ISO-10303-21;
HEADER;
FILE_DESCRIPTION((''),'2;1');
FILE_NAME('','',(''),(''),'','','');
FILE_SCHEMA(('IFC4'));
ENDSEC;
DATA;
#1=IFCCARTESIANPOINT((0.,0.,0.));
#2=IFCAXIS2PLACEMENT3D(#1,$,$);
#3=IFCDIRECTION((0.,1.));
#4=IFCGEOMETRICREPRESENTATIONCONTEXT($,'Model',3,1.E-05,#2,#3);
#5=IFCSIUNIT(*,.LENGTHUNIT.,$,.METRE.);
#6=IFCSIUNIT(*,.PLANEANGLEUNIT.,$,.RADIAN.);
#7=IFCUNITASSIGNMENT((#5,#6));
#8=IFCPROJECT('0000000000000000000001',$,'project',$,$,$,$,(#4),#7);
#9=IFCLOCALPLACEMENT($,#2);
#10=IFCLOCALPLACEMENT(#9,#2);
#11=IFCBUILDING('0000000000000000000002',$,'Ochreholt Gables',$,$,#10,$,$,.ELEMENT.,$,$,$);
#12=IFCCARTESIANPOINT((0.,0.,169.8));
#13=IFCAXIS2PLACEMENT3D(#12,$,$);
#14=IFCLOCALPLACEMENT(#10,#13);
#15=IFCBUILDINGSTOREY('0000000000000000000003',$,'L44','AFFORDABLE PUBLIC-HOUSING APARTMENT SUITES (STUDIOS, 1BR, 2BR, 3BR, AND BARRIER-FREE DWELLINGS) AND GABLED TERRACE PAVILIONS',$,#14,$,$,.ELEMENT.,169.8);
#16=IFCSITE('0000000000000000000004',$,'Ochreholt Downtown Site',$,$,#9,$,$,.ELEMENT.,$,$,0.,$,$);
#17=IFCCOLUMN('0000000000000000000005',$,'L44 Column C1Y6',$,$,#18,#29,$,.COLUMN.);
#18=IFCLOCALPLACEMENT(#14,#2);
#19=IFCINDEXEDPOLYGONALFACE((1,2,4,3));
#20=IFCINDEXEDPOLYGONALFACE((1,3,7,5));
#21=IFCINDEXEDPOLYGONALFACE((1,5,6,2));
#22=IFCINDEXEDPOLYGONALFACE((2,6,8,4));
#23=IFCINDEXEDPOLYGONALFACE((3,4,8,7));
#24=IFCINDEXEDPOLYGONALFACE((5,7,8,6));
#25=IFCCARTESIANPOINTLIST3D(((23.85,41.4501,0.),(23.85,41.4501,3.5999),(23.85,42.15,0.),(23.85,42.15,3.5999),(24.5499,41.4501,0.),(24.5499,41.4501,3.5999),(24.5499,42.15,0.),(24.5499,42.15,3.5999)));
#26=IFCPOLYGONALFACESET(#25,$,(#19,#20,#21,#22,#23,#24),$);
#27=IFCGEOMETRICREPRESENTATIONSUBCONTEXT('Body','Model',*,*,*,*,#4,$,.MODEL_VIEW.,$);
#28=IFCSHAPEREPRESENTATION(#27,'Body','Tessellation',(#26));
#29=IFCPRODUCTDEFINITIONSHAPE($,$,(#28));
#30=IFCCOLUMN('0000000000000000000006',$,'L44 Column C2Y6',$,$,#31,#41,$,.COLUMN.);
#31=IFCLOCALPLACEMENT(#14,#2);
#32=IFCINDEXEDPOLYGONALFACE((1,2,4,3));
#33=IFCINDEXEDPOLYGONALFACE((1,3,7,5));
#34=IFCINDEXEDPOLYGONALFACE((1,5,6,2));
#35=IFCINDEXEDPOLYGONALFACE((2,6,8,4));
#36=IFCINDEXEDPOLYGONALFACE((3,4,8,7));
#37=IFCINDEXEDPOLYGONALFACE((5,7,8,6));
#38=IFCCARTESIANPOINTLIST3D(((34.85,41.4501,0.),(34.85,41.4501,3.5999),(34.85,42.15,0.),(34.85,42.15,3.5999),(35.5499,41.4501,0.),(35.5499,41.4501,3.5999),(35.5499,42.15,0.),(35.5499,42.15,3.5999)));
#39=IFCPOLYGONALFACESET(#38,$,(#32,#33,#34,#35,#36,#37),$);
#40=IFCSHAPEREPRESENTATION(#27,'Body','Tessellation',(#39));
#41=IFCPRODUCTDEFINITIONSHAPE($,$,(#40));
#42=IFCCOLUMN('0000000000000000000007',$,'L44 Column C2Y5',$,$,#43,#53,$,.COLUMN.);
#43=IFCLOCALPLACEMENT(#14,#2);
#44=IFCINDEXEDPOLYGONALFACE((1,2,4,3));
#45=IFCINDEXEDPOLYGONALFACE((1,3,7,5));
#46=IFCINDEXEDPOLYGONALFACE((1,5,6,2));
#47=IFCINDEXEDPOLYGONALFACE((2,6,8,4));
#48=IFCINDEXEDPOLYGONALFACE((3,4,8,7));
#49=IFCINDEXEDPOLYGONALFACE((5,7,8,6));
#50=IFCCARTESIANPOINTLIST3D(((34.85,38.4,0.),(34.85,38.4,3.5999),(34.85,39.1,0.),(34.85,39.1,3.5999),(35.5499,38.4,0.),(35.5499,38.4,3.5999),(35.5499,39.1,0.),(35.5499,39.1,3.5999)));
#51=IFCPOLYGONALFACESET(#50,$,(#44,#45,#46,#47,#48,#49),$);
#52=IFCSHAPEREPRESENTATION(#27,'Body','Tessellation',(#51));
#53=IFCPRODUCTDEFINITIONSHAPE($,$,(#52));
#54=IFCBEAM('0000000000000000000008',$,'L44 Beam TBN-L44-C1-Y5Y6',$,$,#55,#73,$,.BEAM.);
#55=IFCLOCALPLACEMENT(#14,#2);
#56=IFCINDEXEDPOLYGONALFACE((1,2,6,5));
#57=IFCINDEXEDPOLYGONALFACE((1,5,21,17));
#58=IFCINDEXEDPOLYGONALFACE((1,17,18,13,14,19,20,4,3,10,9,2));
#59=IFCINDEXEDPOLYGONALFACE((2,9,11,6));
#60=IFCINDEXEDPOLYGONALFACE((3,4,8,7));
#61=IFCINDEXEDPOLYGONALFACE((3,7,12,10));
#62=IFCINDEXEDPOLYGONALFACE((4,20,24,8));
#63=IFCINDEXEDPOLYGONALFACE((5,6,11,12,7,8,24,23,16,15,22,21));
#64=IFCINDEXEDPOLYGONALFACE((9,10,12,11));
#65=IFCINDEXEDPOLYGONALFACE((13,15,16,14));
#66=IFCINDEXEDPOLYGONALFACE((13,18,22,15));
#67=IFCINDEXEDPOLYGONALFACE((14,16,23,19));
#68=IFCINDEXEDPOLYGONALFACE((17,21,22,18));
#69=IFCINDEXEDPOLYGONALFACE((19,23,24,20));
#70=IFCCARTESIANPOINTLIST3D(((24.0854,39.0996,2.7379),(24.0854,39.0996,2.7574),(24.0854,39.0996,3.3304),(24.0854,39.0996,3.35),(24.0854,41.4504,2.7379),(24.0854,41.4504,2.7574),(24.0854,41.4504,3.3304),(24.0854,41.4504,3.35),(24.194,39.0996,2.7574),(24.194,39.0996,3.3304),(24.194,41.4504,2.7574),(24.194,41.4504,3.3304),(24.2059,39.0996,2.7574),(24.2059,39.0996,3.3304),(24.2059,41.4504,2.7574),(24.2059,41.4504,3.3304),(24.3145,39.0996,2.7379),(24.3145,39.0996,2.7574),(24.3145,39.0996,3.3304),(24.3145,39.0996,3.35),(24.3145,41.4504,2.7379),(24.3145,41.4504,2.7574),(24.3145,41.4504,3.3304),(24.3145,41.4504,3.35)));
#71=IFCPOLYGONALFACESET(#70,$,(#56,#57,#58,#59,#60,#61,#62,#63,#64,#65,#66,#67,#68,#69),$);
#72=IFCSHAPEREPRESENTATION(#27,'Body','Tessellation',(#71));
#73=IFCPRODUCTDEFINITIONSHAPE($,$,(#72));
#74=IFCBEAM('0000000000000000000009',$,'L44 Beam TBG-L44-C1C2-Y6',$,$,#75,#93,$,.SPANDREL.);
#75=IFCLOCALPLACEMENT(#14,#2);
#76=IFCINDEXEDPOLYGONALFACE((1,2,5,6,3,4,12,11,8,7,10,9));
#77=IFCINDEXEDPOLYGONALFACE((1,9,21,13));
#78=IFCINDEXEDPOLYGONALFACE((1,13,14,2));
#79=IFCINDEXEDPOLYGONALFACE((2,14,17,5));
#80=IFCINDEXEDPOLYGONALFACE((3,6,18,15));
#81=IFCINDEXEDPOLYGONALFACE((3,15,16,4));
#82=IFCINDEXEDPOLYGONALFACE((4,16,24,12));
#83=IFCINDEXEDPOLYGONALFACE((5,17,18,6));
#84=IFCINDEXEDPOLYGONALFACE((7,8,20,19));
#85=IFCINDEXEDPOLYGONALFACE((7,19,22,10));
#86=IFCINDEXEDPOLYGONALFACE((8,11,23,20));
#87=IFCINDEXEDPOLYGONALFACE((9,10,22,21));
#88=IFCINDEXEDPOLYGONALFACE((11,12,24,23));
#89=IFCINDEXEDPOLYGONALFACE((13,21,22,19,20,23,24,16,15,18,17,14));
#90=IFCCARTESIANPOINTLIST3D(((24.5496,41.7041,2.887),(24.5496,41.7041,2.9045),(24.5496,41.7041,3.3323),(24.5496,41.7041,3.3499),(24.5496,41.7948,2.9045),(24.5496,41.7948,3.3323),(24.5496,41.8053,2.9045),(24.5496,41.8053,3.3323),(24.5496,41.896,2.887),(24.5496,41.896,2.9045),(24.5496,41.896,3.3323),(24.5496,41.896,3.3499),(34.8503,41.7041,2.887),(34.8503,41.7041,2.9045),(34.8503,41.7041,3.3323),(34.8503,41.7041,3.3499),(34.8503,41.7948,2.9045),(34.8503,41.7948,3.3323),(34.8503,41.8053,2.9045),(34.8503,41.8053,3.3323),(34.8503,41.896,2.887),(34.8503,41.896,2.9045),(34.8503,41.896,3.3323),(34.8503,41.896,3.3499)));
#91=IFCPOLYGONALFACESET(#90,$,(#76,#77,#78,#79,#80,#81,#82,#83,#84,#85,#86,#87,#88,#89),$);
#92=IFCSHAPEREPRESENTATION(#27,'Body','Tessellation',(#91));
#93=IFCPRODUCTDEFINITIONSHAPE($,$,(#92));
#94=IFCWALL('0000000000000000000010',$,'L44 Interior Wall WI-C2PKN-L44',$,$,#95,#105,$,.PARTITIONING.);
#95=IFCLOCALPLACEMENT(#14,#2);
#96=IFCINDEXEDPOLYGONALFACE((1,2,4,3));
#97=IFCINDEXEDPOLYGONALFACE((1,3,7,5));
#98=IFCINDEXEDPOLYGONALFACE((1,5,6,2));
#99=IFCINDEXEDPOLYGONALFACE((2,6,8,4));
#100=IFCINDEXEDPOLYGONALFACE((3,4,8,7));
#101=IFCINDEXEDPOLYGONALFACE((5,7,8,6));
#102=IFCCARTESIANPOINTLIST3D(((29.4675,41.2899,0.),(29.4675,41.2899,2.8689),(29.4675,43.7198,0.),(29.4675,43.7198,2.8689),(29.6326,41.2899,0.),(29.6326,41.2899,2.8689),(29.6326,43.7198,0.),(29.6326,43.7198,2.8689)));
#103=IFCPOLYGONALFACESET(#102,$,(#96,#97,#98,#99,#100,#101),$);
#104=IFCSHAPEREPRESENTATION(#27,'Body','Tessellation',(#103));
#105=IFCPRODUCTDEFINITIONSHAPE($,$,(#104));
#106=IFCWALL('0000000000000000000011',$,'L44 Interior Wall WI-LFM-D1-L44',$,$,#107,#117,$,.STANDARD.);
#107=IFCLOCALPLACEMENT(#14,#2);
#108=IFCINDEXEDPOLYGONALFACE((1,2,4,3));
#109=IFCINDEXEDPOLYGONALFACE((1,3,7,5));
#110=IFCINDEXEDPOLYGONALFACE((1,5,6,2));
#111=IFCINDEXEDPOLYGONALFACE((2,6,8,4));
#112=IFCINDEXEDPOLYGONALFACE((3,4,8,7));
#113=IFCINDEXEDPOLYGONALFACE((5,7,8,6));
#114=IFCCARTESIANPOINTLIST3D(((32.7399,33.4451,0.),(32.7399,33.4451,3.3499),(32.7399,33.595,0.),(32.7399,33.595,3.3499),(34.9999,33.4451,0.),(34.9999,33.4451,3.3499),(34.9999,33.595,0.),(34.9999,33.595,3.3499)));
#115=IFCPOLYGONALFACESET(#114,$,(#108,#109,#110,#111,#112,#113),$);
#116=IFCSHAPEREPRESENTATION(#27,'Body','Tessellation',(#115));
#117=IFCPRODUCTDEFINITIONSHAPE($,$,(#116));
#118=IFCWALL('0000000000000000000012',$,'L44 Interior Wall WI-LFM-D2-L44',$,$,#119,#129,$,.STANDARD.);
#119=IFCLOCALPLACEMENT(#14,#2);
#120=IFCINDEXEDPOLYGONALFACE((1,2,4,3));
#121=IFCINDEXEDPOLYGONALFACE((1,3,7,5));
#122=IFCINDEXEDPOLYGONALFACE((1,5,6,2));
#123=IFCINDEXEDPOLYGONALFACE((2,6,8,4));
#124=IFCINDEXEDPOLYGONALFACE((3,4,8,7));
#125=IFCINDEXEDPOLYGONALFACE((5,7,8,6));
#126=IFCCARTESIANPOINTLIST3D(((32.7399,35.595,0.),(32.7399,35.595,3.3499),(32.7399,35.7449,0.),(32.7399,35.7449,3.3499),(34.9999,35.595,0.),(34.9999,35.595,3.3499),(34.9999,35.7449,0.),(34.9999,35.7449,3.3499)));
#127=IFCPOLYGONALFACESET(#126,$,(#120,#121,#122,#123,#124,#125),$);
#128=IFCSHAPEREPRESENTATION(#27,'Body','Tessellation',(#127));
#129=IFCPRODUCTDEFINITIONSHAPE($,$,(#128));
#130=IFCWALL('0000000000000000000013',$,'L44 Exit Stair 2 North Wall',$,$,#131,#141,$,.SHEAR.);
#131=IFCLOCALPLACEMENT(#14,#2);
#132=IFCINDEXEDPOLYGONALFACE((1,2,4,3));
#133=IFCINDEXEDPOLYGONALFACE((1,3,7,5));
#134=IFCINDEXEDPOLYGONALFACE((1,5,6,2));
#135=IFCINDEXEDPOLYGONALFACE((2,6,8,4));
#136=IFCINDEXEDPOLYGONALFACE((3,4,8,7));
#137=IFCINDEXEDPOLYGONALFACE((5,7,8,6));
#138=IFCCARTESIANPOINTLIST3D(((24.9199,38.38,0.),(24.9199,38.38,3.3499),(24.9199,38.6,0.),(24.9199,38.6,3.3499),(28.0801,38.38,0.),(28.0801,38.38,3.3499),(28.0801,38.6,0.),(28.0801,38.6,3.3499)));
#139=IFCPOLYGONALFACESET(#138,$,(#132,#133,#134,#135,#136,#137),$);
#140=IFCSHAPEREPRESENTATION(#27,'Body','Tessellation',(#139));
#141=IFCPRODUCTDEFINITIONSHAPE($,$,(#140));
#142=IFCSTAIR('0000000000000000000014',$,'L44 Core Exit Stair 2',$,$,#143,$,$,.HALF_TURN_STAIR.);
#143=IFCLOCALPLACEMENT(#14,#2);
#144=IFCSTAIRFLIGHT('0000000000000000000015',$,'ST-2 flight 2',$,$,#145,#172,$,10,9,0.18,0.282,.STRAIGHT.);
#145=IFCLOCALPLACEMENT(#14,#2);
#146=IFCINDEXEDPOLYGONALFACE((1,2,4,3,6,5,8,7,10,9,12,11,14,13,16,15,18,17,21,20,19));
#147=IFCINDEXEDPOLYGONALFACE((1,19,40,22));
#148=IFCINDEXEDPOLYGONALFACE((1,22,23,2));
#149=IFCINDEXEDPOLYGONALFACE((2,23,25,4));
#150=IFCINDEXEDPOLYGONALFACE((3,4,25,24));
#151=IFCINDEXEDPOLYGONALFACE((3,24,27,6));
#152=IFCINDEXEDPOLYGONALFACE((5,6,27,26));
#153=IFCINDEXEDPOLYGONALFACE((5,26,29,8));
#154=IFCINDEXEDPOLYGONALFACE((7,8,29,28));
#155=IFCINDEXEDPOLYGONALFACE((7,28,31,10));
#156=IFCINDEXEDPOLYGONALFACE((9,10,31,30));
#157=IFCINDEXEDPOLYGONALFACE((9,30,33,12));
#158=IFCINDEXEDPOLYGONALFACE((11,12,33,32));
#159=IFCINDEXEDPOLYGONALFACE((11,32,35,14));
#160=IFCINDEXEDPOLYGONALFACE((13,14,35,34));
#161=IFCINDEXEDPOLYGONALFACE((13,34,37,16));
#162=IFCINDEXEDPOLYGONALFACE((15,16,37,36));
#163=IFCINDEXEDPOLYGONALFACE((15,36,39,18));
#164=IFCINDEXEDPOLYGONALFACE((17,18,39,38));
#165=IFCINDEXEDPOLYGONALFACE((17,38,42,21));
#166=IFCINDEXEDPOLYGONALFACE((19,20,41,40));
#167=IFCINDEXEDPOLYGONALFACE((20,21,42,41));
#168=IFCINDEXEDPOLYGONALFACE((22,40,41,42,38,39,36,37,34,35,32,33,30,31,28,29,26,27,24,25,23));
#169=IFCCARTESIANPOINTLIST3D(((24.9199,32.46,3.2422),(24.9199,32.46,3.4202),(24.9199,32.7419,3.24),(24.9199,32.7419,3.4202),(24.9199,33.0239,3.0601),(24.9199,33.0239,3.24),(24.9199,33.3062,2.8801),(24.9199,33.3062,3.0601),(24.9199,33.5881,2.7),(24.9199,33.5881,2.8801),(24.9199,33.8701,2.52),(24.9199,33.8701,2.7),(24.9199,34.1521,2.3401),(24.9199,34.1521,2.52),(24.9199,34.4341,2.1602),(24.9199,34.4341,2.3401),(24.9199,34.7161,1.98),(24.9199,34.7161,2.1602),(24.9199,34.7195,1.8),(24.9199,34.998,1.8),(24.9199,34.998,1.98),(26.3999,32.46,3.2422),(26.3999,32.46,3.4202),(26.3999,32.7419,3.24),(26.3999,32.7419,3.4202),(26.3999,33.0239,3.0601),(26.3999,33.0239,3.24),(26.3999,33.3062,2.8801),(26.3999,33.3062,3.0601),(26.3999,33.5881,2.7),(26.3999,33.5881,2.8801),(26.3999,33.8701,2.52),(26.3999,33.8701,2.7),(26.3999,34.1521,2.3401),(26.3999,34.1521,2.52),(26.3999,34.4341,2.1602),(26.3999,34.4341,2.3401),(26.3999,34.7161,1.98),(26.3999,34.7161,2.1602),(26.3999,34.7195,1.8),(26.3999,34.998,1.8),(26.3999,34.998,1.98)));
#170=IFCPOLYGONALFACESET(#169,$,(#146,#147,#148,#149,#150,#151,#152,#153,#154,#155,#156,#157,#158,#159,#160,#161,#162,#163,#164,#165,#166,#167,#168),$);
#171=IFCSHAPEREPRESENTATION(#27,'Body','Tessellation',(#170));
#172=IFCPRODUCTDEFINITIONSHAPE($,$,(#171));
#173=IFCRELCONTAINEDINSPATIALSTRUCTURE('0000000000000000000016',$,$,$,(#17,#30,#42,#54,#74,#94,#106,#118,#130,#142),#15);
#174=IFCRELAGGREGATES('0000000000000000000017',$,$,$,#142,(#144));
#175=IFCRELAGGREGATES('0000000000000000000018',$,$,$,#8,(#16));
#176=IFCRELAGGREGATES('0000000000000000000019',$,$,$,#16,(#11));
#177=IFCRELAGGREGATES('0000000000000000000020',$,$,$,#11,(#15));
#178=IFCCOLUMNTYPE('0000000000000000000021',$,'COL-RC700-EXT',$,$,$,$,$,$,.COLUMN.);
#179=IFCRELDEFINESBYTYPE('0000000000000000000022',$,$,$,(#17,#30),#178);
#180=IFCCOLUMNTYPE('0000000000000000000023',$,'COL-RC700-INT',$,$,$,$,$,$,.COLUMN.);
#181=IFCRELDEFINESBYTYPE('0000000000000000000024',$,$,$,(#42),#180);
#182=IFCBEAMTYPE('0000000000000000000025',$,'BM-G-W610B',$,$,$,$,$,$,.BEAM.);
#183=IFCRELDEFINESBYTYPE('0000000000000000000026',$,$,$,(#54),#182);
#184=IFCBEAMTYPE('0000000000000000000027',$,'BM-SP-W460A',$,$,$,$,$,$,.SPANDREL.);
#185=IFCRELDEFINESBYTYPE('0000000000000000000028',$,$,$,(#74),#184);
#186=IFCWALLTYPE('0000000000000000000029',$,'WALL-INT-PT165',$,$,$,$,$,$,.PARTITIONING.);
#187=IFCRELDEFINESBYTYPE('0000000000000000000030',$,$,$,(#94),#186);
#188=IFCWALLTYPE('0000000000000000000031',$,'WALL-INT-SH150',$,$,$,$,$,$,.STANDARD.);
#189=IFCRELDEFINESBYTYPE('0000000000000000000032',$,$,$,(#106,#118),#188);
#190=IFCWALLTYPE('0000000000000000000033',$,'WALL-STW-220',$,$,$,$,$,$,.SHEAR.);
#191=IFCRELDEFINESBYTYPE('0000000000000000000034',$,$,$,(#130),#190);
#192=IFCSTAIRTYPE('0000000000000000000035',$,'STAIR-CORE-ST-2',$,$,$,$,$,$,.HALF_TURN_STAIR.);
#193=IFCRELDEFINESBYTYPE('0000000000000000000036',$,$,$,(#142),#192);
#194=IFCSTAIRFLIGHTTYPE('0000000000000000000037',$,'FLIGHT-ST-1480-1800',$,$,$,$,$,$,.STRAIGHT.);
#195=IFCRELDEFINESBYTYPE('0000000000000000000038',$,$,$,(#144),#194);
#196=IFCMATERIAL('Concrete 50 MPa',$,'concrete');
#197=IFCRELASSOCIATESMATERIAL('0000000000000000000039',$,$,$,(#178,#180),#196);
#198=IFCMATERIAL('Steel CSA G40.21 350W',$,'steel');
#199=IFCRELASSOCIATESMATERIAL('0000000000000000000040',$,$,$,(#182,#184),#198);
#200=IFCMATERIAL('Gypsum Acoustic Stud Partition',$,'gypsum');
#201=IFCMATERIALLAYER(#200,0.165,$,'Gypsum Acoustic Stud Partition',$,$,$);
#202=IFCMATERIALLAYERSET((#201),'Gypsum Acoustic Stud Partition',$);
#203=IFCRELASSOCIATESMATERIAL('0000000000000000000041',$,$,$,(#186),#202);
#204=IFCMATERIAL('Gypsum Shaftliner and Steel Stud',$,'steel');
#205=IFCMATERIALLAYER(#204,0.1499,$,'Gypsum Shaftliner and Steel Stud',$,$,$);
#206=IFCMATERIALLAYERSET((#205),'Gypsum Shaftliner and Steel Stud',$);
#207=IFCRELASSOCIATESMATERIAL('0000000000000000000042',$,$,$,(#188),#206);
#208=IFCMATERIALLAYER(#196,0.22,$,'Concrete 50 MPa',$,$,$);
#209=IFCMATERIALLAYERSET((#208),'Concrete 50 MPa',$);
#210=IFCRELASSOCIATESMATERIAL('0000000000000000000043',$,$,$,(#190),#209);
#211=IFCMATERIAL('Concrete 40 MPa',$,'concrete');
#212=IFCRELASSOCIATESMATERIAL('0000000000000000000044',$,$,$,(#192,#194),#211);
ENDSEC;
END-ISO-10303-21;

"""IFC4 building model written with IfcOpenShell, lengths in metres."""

from ifc_helpers import new_model, si_unit, direction, frame, frame_2d, origin, origin_2d, place, context, subcontext, project, spatial, polyline, rectangle, i_section, outline, extrude, material, layer, layer_set, material_profile, profile_set, type_object, element, aggregate, save


model = new_model("IFC4")

# Units and contexts
model_context = context("Model", 3, precision=1e-05, world=origin(), true_north=direction((0.0, 1.0)))
body_context = subcontext(model_context, "Body", "Model", "MODEL_VIEW")
ifc_project = project(units=[si_unit("LENGTHUNIT", "METRE"), si_unit("PLANEANGLEUNIT", "RADIAN")], contexts=[model_context])

# Site, building, storey
site_placement = place(None, origin())
site = spatial("IfcSite", under=ifc_project, at=site_placement, Name="Ochreholt Downtown Site", CompositionType="ELEMENT", RefElevation=0.0)
building_placement = place(site_placement, origin())
building = spatial("IfcBuilding", under=site, at=building_placement, Name="Ochreholt Gables", CompositionType="ELEMENT")
storey_placement = place(building_placement, frame((0.0, 0.0, 169.8)))
storey = spatial("IfcBuildingStorey", under=building, at=storey_placement, Name="L44", Description="AFFORDABLE PUBLIC-HOUSING APARTMENT SUITES (STUDIOS, 1BR, 2BR, 3BR, AND BARRIER-FREE DWELLINGS) AND GABLED TERRACE PAVILIONS", CompositionType="ELEMENT", Elevation=169.8)

# Columns
ifc_material_1 = material(Name="Concrete 50 MPa", Category="concrete")
ifc_material_profile_1 = material_profile(ifc_material_1, rectangle(XDim=0.7, YDim=0.7, at=origin_2d()), Name="RC700X700")
ifc_profile_set_1 = profile_set([ifc_material_profile_1], Name="Concrete 50 MPa")
column_type_1 = type_object("IfcColumnType", Name="COL-RC700-EXT", PredefinedType="COLUMN", material=ifc_profile_set_1)
for number, where, z_axis, x_axis, name in (
    (1, (24.2, 41.8, 0.0), (0.0, 0.0, 1.0), (1.0, 0.0, 0.0), "L44 Column C1Y6"),
    (2, (35.2, 41.8, 0.0), (0.0, 0.0, 1.0), (1.0, 0.0, 0.0), "L44 Column C2Y6"),
):
    element("IfcColumn", number, at=place(storey_placement, frame(where, z_axis=z_axis, x_axis=x_axis)), inside=storey, type_object=column_type_1, Name=name, PredefinedType="COLUMN", context=body_context, shape_type="SweptSolid", body=[
        extrude(rectangle(XDim=0.7, YDim=0.7, at=origin_2d()), origin(), (0.0, 0.0, 1.0), 3.5999),
    ])
ifc_material_profile_2 = material_profile(ifc_material_1, rectangle(XDim=0.7, YDim=0.7, at=origin_2d()), Name="RC700X700")
ifc_profile_set_2 = profile_set([ifc_material_profile_2], Name="Concrete 50 MPa")
column_type_2 = type_object("IfcColumnType", Name="COL-RC700-INT", PredefinedType="COLUMN", material=ifc_profile_set_2)
column_placement = place(storey_placement, frame((35.2, 38.75, 0.0), z_axis=(0.0, 0.0, 1.0), x_axis=(1.0, 0.0, 0.0)))
element("IfcColumn", 3, at=column_placement, inside=storey, type_object=column_type_2, Name="L44 Column C2Y5", PredefinedType="COLUMN", context=body_context, shape_type="SweptSolid", body=[
    extrude(rectangle(XDim=0.7, YDim=0.7, at=origin_2d()), origin(), (0.0, 0.0, 1.0), 3.5999),
])

# Beams
ifc_material_2 = material(Name="Steel CSA G40.21 350W", Category="steel")
ifc_material_profile_3 = material_profile(ifc_material_2, i_section(OverallWidth=0.229, OverallDepth=0.6121, WebThickness=0.012, FlangeThickness=0.0195, at=origin_2d()), Name="W610X125")
ifc_profile_set_3 = profile_set([ifc_material_profile_3], Name="Steel CSA G40.21 350W")
beam_type_1 = type_object("IfcBeamType", Name="BM-G-W610B", PredefinedType="BEAM", material=ifc_profile_set_3)
beam_1_placement = place(storey_placement, frame((24.2, 39.0996, 3.0439), z_axis=(0.0, 1.0, 0.0), x_axis=(-1.0, 0.0, 0.0)))
element("IfcBeam", 4, at=beam_1_placement, inside=storey, type_object=beam_type_1, Name="L44 Beam TBN-L44-C1-Y5Y6", PredefinedType="BEAM", context=body_context, shape_type="SweptSolid", body=[
    extrude(i_section(OverallWidth=0.229, OverallDepth=0.6121, WebThickness=0.012, FlangeThickness=0.0195, at=origin_2d()), origin(), (0.0, 0.0, 1.0), 2.3508),
])
ifc_material_profile_4 = material_profile(ifc_material_2, i_section(OverallWidth=0.1919, OverallDepth=0.4629, WebThickness=0.0105, FlangeThickness=0.0176, at=origin_2d()), Name="W460X89")
ifc_profile_set_4 = profile_set([ifc_material_profile_4], Name="Steel CSA G40.21 350W")
beam_type_2 = type_object("IfcBeamType", Name="BM-SP-W460A", PredefinedType="SPANDREL", material=ifc_profile_set_4)
beam_2_placement = place(storey_placement, frame((24.5496, 41.8, 3.1184), z_axis=(1.0, 0.0, 0.0), x_axis=(0.0, 1.0, 0.0)))
element("IfcBeam", 5, at=beam_2_placement, inside=storey, type_object=beam_type_2, Name="L44 Beam TBG-L44-C1C2-Y6", PredefinedType="SPANDREL", context=body_context, shape_type="SweptSolid", body=[
    extrude(i_section(OverallWidth=0.1919, OverallDepth=0.4629, WebThickness=0.0105, FlangeThickness=0.0176, at=origin_2d()), origin(), (0.0, 0.0, 1.0), 10.3008),
])

# Walls
ifc_material_3 = material(Name="Gypsum Acoustic Stud Partition", Category="gypsum")
ifc_layer_1 = layer(ifc_material_3, 0.165, Name="Gypsum Acoustic Stud Partition")
ifc_layer_set_1 = layer_set([ifc_layer_1], Name="Gypsum Acoustic Stud Partition")
wall_type_1 = type_object("IfcWallType", Name="WALL-INT-PT165", PredefinedType="PARTITIONING", material=ifc_layer_set_1)
wall_1_placement = place(storey_placement, frame((29.55, 41.29, 0.0), z_axis=(0.0, 0.0, 1.0), x_axis=(0.0, 1.0, 0.0)))
element("IfcWall", 6, at=wall_1_placement, inside=storey, type_object=wall_type_1, Name="L44 Interior Wall WI-C2PKN-L44", PredefinedType="PARTITIONING", context=body_context, shape_type="SweptSolid", body=[
    extrude(rectangle(XDim=2.4299, YDim=0.165, at=frame_2d((1.2148, 0.0))), origin(), (0.0, 0.0, 1.0), 2.8689),
])
ifc_material_4 = material(Name="Gypsum Shaftliner and Steel Stud", Category="steel")
ifc_layer_2 = layer(ifc_material_4, 0.1499, Name="Gypsum Shaftliner and Steel Stud")
ifc_layer_set_2 = layer_set([ifc_layer_2], Name="Gypsum Shaftliner and Steel Stud")
wall_type_2 = type_object("IfcWallType", Name="WALL-INT-SH150", PredefinedType="STANDARD", material=ifc_layer_set_2)
for number, where, z_axis, x_axis, name in (
    (7, (32.74, 33.52, 0.0), (0.0, 0.0, 1.0), (1.0, 0.0, 0.0), "L44 Interior Wall WI-LFM-D1-L44"),
    (8, (32.74, 35.6699, 0.0), (0.0, 0.0, 1.0), (1.0, 0.0, 0.0), "L44 Interior Wall WI-LFM-D2-L44"),
):
    element("IfcWall", number, at=place(storey_placement, frame(where, z_axis=z_axis, x_axis=x_axis)), inside=storey, type_object=wall_type_2, Name=name, PredefinedType="STANDARD", context=body_context, shape_type="SweptSolid", body=[
        extrude(rectangle(XDim=2.26, YDim=0.1499, at=frame_2d((1.1299, 0.0))), origin(), (0.0, 0.0, 1.0), 3.3499),
    ])
ifc_layer_3 = layer(ifc_material_1, 0.22, Name="Concrete 50 MPa")
ifc_layer_set_3 = layer_set([ifc_layer_3], Name="Concrete 50 MPa")
wall_type_3 = type_object("IfcWallType", Name="WALL-STW-220", PredefinedType="SHEAR", material=ifc_layer_set_3)
wall_2_placement = place(storey_placement, frame((24.9199, 38.49, 0.0), z_axis=(0.0, 0.0, 1.0), x_axis=(1.0, 0.0, 0.0)))
element("IfcWall", 9, at=wall_2_placement, inside=storey, type_object=wall_type_3, Name="L44 Exit Stair 2 North Wall", PredefinedType="SHEAR", context=body_context, shape_type="SweptSolid", body=[
    extrude(rectangle(XDim=3.1602, YDim=0.22, at=frame_2d((1.5801, 0.0))), origin(), (0.0, 0.0, 1.0), 3.3499),
])

# Stair, stair flight
ifc_material_5 = material(Name="Concrete 40 MPa", Category="concrete")
stair_type = type_object("IfcStairType", Name="STAIR-CORE-ST-2", PredefinedType="HALF_TURN_STAIR", material=ifc_material_5)
stair_placement = place(storey_placement, origin())
stair = element("IfcStair", 10, at=stair_placement, inside=storey, type_object=stair_type, Name="L44 Core Exit Stair 2", PredefinedType="HALF_TURN_STAIR")
stair_flight_type = type_object("IfcStairFlightType", Name="FLIGHT-ST-1480-1800", PredefinedType="STRAIGHT", material=ifc_material_5)
stair_flight_placement = place(storey_placement, frame((25.6599, 34.998, 1.8), z_axis=(0.0, 0.0, 1.0), x_axis=(0.0, -1.0, 0.0)))
stair_flight = element("IfcStairFlight", 11, at=stair_flight_placement, type_object=stair_flight_type, Name="ST-2 flight 2", NumberOfRisers=10, NumberOfTreads=9, PredefinedType="STRAIGHT", RiserHeight=0.18, TreadLength=0.282, context=body_context, shape_type="SweptSolid", body=[
    extrude(outline(polyline([(0.0, 0.0), (0.0, 0.1799), (0.282, 0.1799), (0.282, 0.3601), (0.564, 0.3601), (0.564, 0.54), (0.8459, 0.54), (0.8459, 0.72), (1.1279, 0.72), (1.1279, 0.8999), (1.4099, 0.8999), (1.4099, 1.0801), (1.6919, 1.0801), (1.6919, 1.26), (1.9741, 1.26), (1.9741, 1.4399), (2.2561, 1.4399), (2.2561, 1.6201), (2.5381, 1.6201), (2.5381, 1.8), (2.5381, 1.4421), (0.2786, 0.0), (0.0, 0.0)])), frame((0.0, 0.74, 0.0), z_axis=(0.0, -1.0, 0.0), x_axis=(1.0, 0.0, 0.0)), (0.0, 0.0, 1.0), 1.48),
])
aggregate(stair, [stair_flight])

save(model, "model.ifc")
